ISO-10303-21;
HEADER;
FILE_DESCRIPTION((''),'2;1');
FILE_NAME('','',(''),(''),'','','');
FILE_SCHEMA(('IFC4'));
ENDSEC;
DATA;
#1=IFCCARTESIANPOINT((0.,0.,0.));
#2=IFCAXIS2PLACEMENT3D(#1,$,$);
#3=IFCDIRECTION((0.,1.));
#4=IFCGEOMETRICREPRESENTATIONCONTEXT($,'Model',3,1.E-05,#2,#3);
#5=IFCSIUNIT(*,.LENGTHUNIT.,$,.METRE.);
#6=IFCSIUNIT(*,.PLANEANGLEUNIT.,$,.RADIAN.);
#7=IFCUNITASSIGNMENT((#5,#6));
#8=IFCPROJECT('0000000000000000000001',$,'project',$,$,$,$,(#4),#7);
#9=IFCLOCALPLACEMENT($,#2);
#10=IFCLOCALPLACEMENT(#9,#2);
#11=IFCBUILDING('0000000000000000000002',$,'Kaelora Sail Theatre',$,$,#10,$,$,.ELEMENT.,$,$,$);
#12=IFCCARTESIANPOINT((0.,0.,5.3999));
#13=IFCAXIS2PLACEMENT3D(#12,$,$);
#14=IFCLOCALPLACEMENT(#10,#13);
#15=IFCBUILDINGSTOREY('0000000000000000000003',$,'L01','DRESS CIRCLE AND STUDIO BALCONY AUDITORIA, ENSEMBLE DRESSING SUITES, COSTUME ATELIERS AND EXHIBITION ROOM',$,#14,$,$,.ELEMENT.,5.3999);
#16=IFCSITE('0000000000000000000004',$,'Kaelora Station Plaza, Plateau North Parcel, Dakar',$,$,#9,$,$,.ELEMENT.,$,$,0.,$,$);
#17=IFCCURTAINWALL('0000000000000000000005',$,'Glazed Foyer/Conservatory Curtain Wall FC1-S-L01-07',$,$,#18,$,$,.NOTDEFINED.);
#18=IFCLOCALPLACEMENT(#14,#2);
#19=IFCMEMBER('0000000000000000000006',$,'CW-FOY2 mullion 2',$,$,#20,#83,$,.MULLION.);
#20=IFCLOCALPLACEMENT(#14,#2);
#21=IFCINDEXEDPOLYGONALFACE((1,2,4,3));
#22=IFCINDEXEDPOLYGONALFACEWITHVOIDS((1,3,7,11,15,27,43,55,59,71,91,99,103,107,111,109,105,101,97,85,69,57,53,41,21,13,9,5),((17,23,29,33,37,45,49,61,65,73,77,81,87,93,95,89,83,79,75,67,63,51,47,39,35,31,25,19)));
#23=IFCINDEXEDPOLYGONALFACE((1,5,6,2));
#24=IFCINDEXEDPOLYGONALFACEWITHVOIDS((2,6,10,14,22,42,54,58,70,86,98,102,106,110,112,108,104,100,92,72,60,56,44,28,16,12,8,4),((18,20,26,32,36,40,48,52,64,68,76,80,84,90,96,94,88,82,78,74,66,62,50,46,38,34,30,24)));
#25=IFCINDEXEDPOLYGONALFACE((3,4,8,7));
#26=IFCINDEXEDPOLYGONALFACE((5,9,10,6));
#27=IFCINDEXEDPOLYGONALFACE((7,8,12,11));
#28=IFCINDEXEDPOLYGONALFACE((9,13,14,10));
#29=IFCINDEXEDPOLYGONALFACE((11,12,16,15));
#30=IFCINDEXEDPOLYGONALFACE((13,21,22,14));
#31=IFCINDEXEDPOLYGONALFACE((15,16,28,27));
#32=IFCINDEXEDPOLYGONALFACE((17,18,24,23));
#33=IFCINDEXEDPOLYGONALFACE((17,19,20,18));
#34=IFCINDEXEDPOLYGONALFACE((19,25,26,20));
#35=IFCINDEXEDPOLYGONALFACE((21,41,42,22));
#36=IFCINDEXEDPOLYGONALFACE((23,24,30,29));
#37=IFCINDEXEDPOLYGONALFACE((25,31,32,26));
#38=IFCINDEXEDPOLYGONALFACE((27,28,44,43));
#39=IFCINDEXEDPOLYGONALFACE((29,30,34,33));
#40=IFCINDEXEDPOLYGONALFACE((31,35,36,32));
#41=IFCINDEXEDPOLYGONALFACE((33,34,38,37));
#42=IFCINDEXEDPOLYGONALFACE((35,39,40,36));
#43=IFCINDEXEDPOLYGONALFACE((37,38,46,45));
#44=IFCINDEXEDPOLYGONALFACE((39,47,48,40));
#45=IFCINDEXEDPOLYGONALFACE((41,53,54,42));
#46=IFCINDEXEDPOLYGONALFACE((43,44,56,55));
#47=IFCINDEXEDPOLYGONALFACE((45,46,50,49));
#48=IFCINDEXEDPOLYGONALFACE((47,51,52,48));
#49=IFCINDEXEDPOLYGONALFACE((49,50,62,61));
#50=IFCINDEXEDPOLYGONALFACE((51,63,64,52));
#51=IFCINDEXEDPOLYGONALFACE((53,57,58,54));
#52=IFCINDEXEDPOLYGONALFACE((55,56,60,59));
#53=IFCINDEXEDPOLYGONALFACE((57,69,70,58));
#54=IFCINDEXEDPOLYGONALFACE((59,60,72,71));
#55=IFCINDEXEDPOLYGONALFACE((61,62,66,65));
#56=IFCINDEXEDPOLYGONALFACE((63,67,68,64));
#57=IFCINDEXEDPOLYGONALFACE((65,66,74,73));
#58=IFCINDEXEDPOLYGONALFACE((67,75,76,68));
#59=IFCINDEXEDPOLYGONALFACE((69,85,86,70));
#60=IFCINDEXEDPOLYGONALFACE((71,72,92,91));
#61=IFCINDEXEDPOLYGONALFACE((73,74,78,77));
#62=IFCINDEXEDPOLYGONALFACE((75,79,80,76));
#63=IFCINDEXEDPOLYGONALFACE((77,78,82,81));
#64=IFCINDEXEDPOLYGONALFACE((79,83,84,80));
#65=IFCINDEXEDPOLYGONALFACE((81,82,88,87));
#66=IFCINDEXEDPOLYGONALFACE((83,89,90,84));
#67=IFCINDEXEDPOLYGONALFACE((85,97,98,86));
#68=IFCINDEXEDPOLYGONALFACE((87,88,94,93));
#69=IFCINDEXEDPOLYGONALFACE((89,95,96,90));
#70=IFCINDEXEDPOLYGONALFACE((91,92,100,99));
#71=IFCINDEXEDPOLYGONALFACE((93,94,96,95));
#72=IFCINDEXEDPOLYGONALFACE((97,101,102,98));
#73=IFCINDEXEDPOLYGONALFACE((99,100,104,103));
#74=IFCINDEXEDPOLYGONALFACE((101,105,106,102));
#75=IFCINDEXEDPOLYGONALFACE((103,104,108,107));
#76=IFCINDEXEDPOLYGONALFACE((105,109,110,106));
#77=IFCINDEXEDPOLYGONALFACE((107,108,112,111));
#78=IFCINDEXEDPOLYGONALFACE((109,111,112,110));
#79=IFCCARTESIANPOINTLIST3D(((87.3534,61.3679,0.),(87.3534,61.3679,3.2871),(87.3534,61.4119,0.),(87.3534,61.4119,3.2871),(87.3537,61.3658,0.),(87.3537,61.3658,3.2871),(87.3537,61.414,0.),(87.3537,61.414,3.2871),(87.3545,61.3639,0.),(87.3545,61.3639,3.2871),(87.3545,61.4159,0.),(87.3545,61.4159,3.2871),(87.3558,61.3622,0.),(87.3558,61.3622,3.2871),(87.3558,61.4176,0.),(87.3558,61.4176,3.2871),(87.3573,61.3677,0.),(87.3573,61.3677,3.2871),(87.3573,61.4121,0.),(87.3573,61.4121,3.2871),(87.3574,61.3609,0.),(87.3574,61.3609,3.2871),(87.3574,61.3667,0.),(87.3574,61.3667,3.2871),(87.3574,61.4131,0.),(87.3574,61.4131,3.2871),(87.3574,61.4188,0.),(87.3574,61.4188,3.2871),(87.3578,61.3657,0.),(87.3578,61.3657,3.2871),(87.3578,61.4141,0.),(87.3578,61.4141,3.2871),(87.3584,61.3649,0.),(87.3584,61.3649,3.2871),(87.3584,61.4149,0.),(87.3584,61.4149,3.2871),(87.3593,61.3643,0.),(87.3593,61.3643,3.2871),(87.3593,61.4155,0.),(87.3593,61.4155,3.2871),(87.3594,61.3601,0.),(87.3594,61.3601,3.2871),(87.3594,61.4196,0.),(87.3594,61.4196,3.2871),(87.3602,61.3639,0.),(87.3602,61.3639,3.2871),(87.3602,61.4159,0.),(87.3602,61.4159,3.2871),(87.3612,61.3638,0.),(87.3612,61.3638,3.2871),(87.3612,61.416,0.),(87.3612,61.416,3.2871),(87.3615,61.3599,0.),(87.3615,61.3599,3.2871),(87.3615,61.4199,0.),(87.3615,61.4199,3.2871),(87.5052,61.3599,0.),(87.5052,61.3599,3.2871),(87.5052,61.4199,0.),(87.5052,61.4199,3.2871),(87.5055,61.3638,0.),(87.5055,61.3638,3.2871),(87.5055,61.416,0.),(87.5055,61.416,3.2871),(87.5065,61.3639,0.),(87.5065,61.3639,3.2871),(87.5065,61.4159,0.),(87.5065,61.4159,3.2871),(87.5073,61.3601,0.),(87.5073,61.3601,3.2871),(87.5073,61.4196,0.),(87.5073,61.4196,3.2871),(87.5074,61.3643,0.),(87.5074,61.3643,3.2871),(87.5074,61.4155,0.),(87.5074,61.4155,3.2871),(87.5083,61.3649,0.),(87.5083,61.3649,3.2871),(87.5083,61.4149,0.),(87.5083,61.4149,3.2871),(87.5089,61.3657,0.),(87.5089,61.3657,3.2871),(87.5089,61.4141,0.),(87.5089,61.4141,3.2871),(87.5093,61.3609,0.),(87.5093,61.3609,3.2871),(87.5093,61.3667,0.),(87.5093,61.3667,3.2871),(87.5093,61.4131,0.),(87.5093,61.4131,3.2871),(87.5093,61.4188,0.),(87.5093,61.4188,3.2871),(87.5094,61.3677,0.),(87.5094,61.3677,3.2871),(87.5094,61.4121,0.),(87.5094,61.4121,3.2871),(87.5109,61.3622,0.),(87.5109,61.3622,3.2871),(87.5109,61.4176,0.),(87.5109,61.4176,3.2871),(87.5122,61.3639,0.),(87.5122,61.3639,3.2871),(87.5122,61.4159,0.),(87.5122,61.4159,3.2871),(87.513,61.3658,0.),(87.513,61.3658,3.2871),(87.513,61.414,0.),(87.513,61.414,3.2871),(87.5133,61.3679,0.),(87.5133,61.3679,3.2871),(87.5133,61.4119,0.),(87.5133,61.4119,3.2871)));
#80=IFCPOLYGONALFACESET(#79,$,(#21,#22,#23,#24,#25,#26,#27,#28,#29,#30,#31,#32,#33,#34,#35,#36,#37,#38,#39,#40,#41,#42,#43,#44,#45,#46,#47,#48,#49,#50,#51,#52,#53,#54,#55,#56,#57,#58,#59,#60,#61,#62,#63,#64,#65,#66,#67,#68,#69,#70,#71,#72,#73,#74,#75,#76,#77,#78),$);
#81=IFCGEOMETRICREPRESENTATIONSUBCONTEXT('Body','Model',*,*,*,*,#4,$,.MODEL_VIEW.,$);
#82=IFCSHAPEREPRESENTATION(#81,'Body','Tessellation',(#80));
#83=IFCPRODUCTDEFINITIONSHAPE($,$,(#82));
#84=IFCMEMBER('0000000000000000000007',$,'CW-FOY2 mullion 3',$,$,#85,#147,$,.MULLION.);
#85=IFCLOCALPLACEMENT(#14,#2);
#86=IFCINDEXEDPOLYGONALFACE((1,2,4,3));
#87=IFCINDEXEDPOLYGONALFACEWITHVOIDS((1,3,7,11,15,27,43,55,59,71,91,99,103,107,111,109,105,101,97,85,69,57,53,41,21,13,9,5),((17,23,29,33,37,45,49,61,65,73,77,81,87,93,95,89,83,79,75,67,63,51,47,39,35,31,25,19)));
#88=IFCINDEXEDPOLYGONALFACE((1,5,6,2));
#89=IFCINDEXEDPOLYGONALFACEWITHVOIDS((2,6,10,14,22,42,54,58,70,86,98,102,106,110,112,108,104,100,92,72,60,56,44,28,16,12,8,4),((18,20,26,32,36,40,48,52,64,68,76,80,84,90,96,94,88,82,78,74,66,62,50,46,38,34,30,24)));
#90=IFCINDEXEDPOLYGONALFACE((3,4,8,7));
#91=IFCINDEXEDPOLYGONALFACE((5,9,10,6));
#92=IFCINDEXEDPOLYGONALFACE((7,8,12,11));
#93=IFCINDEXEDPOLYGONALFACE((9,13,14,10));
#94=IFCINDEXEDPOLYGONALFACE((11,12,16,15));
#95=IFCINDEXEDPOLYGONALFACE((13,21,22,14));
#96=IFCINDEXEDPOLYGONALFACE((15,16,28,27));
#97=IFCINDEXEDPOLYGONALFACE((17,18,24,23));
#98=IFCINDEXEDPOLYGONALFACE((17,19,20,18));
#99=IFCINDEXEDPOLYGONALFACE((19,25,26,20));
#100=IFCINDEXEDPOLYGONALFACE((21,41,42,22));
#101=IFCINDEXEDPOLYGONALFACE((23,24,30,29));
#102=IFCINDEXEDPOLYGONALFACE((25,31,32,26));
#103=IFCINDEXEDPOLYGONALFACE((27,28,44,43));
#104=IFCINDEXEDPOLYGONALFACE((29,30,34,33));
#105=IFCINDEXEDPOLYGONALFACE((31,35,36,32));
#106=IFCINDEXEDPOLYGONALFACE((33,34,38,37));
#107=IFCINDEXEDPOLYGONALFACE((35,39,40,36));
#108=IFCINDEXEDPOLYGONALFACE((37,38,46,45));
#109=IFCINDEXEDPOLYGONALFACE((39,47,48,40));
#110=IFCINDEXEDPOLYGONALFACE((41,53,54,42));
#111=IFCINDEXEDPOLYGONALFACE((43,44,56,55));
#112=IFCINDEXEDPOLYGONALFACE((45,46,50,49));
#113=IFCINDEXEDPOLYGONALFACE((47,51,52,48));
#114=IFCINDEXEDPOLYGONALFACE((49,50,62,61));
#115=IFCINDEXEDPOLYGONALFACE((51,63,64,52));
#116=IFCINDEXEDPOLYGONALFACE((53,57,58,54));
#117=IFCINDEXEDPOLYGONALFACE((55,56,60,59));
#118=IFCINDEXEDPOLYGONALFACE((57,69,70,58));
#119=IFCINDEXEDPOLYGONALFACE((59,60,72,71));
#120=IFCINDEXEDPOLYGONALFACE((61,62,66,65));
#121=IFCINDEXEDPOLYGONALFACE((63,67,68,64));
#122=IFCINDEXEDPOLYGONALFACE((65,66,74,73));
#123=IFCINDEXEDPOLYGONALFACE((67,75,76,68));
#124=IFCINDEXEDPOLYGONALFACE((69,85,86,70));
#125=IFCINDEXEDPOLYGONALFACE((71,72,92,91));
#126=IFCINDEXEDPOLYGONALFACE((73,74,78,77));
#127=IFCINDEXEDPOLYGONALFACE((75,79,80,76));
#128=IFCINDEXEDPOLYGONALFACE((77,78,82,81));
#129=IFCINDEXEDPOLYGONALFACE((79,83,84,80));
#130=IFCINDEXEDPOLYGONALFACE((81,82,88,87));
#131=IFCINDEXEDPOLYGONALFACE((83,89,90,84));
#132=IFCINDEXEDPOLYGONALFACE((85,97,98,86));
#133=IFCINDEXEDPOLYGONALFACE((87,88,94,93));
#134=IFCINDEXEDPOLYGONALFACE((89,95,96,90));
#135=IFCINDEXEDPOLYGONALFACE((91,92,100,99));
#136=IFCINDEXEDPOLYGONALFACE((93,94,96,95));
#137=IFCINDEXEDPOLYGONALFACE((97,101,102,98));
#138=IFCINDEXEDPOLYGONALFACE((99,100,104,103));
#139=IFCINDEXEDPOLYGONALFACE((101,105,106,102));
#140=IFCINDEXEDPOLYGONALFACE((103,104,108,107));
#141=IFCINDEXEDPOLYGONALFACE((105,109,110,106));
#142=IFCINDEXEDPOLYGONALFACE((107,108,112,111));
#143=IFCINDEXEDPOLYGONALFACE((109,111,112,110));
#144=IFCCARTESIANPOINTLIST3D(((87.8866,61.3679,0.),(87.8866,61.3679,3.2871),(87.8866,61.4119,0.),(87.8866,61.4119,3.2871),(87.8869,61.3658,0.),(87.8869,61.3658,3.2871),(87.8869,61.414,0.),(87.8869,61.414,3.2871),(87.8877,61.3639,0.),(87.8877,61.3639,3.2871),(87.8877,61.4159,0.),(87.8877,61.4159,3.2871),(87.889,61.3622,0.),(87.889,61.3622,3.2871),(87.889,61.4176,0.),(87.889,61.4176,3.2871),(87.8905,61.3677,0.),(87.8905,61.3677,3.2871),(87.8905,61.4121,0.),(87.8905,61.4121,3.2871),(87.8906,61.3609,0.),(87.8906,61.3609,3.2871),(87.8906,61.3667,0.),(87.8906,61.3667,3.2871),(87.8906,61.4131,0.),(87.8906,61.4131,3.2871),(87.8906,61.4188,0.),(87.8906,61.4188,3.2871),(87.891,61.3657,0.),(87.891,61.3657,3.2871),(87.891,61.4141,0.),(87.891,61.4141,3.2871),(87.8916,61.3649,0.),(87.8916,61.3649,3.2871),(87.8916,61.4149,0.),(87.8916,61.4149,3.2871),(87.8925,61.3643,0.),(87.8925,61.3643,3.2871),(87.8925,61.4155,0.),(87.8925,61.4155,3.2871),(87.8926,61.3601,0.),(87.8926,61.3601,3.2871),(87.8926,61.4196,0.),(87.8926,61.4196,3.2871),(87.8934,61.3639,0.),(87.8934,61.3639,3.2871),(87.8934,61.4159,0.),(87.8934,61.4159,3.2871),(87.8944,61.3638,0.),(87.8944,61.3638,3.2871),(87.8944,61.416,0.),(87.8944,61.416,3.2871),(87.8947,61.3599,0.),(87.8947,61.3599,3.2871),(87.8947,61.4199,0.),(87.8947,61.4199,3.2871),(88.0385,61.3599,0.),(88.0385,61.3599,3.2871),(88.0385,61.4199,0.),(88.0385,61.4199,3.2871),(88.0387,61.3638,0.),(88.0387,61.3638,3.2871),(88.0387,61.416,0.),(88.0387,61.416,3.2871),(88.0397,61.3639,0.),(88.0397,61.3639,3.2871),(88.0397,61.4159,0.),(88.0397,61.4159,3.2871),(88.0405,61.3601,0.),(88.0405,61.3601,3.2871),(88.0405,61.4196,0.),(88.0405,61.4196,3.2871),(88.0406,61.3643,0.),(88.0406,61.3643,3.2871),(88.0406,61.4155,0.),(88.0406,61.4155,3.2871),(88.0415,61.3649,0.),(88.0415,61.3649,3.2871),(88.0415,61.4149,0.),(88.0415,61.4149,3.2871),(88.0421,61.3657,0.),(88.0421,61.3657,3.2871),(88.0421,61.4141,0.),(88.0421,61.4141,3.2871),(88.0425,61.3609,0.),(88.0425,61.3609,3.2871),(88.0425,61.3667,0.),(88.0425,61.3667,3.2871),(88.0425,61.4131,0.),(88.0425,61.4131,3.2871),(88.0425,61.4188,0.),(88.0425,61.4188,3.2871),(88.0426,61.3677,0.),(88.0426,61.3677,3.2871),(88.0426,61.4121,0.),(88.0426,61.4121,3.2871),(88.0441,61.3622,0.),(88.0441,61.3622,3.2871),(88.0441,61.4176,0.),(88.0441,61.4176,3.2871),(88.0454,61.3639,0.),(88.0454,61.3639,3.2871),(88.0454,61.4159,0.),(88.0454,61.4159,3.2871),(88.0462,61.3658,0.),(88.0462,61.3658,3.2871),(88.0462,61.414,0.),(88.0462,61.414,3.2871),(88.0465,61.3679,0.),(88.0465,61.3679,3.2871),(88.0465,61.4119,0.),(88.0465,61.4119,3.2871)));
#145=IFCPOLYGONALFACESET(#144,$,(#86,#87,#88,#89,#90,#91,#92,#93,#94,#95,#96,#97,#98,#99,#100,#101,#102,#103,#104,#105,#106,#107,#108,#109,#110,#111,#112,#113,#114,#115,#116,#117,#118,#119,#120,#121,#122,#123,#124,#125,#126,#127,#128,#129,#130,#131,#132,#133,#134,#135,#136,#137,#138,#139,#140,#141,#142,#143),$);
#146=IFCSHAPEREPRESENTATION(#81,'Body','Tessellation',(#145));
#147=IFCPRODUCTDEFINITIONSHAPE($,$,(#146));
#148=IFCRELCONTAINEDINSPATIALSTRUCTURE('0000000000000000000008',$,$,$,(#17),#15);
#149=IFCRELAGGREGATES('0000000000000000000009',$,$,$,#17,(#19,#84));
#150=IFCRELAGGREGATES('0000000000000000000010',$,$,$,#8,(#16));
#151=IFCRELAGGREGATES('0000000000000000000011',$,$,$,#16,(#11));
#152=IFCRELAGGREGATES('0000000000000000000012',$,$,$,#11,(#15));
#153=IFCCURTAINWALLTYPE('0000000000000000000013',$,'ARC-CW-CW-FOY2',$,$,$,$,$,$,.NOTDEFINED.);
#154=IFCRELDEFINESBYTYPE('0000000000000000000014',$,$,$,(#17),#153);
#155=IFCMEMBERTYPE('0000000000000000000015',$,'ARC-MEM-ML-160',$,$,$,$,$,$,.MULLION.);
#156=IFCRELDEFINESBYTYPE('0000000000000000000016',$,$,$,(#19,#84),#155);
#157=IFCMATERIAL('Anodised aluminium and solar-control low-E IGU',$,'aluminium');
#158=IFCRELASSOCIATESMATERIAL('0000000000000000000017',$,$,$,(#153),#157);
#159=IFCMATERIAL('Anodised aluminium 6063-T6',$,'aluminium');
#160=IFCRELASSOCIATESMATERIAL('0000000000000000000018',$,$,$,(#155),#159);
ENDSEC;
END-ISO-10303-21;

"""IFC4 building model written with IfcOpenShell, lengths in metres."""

from ifc_helpers import new_model, si_unit, direction, frame, origin, origin_2d, place, context, subcontext, project, spatial, hollow_rectangle, extrude, material, material_profile, profile_set, type_object, element, aggregate, save


model = new_model("IFC4")

# Units and contexts
model_context = context("Model", 3, precision=1e-05, world=origin(), true_north=direction((0.0, 1.0)))
body_context = subcontext(model_context, "Body", "Model", "MODEL_VIEW")
ifc_project = project(units=[si_unit("LENGTHUNIT", "METRE"), si_unit("PLANEANGLEUNIT", "RADIAN")], contexts=[model_context])

# Site, building, storey
site_placement = place(None, origin())
site = spatial("IfcSite", under=ifc_project, at=site_placement, Name="Kaelora Station Plaza, Plateau North Parcel, Dakar", CompositionType="ELEMENT", RefElevation=0.0)
building_placement = place(site_placement, origin())
building = spatial("IfcBuilding", under=site, at=building_placement, Name="Kaelora Sail Theatre", CompositionType="ELEMENT")
storey_placement = place(building_placement, frame((0.0, 0.0, 5.3999)))
storey = spatial("IfcBuildingStorey", under=building, at=storey_placement, Name="L01", Description="DRESS CIRCLE AND STUDIO BALCONY AUDITORIA, ENSEMBLE DRESSING SUITES, COSTUME ATELIERS AND EXHIBITION ROOM", CompositionType="ELEMENT", Elevation=5.3999)

# Curtain wall, members
ifc_material_1 = material(Name="Anodised aluminium and solar-control low-E IGU", Category="aluminium")
curtain_wall_type = type_object("IfcCurtainWallType", Name="ARC-CW-CW-FOY2", PredefinedType="NOTDEFINED", material=ifc_material_1)
ifc_material_2 = material(Name="Anodised aluminium 6063-T6", Category="aluminium")
ifc_material_profile_1 = material_profile(ifc_material_2, hollow_rectangle(XDim=0.0601, YDim=0.1599, WallThickness=0.0039, InnerFilletRadius=0.0039, OuterFilletRadius=0.0081, at=origin_2d()), Name="ALU-MULL 60x160x4")
ifc_profile_set_1 = profile_set([ifc_material_profile_1], Name="Anodised aluminium 6063-T6")
member_type_1 = type_object("IfcMemberType", Name="ARC-MEM-ML-160", PredefinedType="MULLION", material=ifc_profile_set_1)
curtain_wall_1_placement = place(storey_placement, origin())
curtain_wall_1 = element("IfcCurtainWall", 1, at=curtain_wall_1_placement, inside=storey, type_object=curtain_wall_type, Name="Glazed Foyer/Conservatory Curtain Wall FC1-S-L01-07", PredefinedType="NOTDEFINED")
member_1_placement = place(storey_placement, frame((87.4333, 61.3899, 0.0), z_axis=(0.0, 0.0, 1.0), x_axis=(0.0, 1.0, 0.0)))
member_1 = element("IfcMember", 2, at=member_1_placement, type_object=member_type_1, Name="CW-FOY2 mullion 2", PredefinedType="MULLION", context=body_context, shape_type="SweptSolid", body=[
    extrude(hollow_rectangle(XDim=0.0601, YDim=0.1599, WallThickness=0.0039, InnerFilletRadius=0.0039, OuterFilletRadius=0.0081, at=origin_2d()), origin(), (0.0, 0.0, 1.0), 3.2871),
])
member_2_placement = place(storey_placement, frame((87.9666, 61.3899, 0.0), z_axis=(0.0, 0.0, 1.0), x_axis=(0.0, 1.0, 0.0)))
member_2 = element("IfcMember", 3, at=member_2_placement, type_object=member_type_1, Name="CW-FOY2 mullion 3", PredefinedType="MULLION", context=body_context, shape_type="SweptSolid", body=[
    extrude(hollow_rectangle(XDim=0.0601, YDim=0.1599, WallThickness=0.0039, InnerFilletRadius=0.0039, OuterFilletRadius=0.0081, at=origin_2d()), origin(), (0.0, 0.0, 1.0), 3.2871),
])

aggregate(curtain_wall_1, [member_1, member_2])

save(model, "model.ifc")
